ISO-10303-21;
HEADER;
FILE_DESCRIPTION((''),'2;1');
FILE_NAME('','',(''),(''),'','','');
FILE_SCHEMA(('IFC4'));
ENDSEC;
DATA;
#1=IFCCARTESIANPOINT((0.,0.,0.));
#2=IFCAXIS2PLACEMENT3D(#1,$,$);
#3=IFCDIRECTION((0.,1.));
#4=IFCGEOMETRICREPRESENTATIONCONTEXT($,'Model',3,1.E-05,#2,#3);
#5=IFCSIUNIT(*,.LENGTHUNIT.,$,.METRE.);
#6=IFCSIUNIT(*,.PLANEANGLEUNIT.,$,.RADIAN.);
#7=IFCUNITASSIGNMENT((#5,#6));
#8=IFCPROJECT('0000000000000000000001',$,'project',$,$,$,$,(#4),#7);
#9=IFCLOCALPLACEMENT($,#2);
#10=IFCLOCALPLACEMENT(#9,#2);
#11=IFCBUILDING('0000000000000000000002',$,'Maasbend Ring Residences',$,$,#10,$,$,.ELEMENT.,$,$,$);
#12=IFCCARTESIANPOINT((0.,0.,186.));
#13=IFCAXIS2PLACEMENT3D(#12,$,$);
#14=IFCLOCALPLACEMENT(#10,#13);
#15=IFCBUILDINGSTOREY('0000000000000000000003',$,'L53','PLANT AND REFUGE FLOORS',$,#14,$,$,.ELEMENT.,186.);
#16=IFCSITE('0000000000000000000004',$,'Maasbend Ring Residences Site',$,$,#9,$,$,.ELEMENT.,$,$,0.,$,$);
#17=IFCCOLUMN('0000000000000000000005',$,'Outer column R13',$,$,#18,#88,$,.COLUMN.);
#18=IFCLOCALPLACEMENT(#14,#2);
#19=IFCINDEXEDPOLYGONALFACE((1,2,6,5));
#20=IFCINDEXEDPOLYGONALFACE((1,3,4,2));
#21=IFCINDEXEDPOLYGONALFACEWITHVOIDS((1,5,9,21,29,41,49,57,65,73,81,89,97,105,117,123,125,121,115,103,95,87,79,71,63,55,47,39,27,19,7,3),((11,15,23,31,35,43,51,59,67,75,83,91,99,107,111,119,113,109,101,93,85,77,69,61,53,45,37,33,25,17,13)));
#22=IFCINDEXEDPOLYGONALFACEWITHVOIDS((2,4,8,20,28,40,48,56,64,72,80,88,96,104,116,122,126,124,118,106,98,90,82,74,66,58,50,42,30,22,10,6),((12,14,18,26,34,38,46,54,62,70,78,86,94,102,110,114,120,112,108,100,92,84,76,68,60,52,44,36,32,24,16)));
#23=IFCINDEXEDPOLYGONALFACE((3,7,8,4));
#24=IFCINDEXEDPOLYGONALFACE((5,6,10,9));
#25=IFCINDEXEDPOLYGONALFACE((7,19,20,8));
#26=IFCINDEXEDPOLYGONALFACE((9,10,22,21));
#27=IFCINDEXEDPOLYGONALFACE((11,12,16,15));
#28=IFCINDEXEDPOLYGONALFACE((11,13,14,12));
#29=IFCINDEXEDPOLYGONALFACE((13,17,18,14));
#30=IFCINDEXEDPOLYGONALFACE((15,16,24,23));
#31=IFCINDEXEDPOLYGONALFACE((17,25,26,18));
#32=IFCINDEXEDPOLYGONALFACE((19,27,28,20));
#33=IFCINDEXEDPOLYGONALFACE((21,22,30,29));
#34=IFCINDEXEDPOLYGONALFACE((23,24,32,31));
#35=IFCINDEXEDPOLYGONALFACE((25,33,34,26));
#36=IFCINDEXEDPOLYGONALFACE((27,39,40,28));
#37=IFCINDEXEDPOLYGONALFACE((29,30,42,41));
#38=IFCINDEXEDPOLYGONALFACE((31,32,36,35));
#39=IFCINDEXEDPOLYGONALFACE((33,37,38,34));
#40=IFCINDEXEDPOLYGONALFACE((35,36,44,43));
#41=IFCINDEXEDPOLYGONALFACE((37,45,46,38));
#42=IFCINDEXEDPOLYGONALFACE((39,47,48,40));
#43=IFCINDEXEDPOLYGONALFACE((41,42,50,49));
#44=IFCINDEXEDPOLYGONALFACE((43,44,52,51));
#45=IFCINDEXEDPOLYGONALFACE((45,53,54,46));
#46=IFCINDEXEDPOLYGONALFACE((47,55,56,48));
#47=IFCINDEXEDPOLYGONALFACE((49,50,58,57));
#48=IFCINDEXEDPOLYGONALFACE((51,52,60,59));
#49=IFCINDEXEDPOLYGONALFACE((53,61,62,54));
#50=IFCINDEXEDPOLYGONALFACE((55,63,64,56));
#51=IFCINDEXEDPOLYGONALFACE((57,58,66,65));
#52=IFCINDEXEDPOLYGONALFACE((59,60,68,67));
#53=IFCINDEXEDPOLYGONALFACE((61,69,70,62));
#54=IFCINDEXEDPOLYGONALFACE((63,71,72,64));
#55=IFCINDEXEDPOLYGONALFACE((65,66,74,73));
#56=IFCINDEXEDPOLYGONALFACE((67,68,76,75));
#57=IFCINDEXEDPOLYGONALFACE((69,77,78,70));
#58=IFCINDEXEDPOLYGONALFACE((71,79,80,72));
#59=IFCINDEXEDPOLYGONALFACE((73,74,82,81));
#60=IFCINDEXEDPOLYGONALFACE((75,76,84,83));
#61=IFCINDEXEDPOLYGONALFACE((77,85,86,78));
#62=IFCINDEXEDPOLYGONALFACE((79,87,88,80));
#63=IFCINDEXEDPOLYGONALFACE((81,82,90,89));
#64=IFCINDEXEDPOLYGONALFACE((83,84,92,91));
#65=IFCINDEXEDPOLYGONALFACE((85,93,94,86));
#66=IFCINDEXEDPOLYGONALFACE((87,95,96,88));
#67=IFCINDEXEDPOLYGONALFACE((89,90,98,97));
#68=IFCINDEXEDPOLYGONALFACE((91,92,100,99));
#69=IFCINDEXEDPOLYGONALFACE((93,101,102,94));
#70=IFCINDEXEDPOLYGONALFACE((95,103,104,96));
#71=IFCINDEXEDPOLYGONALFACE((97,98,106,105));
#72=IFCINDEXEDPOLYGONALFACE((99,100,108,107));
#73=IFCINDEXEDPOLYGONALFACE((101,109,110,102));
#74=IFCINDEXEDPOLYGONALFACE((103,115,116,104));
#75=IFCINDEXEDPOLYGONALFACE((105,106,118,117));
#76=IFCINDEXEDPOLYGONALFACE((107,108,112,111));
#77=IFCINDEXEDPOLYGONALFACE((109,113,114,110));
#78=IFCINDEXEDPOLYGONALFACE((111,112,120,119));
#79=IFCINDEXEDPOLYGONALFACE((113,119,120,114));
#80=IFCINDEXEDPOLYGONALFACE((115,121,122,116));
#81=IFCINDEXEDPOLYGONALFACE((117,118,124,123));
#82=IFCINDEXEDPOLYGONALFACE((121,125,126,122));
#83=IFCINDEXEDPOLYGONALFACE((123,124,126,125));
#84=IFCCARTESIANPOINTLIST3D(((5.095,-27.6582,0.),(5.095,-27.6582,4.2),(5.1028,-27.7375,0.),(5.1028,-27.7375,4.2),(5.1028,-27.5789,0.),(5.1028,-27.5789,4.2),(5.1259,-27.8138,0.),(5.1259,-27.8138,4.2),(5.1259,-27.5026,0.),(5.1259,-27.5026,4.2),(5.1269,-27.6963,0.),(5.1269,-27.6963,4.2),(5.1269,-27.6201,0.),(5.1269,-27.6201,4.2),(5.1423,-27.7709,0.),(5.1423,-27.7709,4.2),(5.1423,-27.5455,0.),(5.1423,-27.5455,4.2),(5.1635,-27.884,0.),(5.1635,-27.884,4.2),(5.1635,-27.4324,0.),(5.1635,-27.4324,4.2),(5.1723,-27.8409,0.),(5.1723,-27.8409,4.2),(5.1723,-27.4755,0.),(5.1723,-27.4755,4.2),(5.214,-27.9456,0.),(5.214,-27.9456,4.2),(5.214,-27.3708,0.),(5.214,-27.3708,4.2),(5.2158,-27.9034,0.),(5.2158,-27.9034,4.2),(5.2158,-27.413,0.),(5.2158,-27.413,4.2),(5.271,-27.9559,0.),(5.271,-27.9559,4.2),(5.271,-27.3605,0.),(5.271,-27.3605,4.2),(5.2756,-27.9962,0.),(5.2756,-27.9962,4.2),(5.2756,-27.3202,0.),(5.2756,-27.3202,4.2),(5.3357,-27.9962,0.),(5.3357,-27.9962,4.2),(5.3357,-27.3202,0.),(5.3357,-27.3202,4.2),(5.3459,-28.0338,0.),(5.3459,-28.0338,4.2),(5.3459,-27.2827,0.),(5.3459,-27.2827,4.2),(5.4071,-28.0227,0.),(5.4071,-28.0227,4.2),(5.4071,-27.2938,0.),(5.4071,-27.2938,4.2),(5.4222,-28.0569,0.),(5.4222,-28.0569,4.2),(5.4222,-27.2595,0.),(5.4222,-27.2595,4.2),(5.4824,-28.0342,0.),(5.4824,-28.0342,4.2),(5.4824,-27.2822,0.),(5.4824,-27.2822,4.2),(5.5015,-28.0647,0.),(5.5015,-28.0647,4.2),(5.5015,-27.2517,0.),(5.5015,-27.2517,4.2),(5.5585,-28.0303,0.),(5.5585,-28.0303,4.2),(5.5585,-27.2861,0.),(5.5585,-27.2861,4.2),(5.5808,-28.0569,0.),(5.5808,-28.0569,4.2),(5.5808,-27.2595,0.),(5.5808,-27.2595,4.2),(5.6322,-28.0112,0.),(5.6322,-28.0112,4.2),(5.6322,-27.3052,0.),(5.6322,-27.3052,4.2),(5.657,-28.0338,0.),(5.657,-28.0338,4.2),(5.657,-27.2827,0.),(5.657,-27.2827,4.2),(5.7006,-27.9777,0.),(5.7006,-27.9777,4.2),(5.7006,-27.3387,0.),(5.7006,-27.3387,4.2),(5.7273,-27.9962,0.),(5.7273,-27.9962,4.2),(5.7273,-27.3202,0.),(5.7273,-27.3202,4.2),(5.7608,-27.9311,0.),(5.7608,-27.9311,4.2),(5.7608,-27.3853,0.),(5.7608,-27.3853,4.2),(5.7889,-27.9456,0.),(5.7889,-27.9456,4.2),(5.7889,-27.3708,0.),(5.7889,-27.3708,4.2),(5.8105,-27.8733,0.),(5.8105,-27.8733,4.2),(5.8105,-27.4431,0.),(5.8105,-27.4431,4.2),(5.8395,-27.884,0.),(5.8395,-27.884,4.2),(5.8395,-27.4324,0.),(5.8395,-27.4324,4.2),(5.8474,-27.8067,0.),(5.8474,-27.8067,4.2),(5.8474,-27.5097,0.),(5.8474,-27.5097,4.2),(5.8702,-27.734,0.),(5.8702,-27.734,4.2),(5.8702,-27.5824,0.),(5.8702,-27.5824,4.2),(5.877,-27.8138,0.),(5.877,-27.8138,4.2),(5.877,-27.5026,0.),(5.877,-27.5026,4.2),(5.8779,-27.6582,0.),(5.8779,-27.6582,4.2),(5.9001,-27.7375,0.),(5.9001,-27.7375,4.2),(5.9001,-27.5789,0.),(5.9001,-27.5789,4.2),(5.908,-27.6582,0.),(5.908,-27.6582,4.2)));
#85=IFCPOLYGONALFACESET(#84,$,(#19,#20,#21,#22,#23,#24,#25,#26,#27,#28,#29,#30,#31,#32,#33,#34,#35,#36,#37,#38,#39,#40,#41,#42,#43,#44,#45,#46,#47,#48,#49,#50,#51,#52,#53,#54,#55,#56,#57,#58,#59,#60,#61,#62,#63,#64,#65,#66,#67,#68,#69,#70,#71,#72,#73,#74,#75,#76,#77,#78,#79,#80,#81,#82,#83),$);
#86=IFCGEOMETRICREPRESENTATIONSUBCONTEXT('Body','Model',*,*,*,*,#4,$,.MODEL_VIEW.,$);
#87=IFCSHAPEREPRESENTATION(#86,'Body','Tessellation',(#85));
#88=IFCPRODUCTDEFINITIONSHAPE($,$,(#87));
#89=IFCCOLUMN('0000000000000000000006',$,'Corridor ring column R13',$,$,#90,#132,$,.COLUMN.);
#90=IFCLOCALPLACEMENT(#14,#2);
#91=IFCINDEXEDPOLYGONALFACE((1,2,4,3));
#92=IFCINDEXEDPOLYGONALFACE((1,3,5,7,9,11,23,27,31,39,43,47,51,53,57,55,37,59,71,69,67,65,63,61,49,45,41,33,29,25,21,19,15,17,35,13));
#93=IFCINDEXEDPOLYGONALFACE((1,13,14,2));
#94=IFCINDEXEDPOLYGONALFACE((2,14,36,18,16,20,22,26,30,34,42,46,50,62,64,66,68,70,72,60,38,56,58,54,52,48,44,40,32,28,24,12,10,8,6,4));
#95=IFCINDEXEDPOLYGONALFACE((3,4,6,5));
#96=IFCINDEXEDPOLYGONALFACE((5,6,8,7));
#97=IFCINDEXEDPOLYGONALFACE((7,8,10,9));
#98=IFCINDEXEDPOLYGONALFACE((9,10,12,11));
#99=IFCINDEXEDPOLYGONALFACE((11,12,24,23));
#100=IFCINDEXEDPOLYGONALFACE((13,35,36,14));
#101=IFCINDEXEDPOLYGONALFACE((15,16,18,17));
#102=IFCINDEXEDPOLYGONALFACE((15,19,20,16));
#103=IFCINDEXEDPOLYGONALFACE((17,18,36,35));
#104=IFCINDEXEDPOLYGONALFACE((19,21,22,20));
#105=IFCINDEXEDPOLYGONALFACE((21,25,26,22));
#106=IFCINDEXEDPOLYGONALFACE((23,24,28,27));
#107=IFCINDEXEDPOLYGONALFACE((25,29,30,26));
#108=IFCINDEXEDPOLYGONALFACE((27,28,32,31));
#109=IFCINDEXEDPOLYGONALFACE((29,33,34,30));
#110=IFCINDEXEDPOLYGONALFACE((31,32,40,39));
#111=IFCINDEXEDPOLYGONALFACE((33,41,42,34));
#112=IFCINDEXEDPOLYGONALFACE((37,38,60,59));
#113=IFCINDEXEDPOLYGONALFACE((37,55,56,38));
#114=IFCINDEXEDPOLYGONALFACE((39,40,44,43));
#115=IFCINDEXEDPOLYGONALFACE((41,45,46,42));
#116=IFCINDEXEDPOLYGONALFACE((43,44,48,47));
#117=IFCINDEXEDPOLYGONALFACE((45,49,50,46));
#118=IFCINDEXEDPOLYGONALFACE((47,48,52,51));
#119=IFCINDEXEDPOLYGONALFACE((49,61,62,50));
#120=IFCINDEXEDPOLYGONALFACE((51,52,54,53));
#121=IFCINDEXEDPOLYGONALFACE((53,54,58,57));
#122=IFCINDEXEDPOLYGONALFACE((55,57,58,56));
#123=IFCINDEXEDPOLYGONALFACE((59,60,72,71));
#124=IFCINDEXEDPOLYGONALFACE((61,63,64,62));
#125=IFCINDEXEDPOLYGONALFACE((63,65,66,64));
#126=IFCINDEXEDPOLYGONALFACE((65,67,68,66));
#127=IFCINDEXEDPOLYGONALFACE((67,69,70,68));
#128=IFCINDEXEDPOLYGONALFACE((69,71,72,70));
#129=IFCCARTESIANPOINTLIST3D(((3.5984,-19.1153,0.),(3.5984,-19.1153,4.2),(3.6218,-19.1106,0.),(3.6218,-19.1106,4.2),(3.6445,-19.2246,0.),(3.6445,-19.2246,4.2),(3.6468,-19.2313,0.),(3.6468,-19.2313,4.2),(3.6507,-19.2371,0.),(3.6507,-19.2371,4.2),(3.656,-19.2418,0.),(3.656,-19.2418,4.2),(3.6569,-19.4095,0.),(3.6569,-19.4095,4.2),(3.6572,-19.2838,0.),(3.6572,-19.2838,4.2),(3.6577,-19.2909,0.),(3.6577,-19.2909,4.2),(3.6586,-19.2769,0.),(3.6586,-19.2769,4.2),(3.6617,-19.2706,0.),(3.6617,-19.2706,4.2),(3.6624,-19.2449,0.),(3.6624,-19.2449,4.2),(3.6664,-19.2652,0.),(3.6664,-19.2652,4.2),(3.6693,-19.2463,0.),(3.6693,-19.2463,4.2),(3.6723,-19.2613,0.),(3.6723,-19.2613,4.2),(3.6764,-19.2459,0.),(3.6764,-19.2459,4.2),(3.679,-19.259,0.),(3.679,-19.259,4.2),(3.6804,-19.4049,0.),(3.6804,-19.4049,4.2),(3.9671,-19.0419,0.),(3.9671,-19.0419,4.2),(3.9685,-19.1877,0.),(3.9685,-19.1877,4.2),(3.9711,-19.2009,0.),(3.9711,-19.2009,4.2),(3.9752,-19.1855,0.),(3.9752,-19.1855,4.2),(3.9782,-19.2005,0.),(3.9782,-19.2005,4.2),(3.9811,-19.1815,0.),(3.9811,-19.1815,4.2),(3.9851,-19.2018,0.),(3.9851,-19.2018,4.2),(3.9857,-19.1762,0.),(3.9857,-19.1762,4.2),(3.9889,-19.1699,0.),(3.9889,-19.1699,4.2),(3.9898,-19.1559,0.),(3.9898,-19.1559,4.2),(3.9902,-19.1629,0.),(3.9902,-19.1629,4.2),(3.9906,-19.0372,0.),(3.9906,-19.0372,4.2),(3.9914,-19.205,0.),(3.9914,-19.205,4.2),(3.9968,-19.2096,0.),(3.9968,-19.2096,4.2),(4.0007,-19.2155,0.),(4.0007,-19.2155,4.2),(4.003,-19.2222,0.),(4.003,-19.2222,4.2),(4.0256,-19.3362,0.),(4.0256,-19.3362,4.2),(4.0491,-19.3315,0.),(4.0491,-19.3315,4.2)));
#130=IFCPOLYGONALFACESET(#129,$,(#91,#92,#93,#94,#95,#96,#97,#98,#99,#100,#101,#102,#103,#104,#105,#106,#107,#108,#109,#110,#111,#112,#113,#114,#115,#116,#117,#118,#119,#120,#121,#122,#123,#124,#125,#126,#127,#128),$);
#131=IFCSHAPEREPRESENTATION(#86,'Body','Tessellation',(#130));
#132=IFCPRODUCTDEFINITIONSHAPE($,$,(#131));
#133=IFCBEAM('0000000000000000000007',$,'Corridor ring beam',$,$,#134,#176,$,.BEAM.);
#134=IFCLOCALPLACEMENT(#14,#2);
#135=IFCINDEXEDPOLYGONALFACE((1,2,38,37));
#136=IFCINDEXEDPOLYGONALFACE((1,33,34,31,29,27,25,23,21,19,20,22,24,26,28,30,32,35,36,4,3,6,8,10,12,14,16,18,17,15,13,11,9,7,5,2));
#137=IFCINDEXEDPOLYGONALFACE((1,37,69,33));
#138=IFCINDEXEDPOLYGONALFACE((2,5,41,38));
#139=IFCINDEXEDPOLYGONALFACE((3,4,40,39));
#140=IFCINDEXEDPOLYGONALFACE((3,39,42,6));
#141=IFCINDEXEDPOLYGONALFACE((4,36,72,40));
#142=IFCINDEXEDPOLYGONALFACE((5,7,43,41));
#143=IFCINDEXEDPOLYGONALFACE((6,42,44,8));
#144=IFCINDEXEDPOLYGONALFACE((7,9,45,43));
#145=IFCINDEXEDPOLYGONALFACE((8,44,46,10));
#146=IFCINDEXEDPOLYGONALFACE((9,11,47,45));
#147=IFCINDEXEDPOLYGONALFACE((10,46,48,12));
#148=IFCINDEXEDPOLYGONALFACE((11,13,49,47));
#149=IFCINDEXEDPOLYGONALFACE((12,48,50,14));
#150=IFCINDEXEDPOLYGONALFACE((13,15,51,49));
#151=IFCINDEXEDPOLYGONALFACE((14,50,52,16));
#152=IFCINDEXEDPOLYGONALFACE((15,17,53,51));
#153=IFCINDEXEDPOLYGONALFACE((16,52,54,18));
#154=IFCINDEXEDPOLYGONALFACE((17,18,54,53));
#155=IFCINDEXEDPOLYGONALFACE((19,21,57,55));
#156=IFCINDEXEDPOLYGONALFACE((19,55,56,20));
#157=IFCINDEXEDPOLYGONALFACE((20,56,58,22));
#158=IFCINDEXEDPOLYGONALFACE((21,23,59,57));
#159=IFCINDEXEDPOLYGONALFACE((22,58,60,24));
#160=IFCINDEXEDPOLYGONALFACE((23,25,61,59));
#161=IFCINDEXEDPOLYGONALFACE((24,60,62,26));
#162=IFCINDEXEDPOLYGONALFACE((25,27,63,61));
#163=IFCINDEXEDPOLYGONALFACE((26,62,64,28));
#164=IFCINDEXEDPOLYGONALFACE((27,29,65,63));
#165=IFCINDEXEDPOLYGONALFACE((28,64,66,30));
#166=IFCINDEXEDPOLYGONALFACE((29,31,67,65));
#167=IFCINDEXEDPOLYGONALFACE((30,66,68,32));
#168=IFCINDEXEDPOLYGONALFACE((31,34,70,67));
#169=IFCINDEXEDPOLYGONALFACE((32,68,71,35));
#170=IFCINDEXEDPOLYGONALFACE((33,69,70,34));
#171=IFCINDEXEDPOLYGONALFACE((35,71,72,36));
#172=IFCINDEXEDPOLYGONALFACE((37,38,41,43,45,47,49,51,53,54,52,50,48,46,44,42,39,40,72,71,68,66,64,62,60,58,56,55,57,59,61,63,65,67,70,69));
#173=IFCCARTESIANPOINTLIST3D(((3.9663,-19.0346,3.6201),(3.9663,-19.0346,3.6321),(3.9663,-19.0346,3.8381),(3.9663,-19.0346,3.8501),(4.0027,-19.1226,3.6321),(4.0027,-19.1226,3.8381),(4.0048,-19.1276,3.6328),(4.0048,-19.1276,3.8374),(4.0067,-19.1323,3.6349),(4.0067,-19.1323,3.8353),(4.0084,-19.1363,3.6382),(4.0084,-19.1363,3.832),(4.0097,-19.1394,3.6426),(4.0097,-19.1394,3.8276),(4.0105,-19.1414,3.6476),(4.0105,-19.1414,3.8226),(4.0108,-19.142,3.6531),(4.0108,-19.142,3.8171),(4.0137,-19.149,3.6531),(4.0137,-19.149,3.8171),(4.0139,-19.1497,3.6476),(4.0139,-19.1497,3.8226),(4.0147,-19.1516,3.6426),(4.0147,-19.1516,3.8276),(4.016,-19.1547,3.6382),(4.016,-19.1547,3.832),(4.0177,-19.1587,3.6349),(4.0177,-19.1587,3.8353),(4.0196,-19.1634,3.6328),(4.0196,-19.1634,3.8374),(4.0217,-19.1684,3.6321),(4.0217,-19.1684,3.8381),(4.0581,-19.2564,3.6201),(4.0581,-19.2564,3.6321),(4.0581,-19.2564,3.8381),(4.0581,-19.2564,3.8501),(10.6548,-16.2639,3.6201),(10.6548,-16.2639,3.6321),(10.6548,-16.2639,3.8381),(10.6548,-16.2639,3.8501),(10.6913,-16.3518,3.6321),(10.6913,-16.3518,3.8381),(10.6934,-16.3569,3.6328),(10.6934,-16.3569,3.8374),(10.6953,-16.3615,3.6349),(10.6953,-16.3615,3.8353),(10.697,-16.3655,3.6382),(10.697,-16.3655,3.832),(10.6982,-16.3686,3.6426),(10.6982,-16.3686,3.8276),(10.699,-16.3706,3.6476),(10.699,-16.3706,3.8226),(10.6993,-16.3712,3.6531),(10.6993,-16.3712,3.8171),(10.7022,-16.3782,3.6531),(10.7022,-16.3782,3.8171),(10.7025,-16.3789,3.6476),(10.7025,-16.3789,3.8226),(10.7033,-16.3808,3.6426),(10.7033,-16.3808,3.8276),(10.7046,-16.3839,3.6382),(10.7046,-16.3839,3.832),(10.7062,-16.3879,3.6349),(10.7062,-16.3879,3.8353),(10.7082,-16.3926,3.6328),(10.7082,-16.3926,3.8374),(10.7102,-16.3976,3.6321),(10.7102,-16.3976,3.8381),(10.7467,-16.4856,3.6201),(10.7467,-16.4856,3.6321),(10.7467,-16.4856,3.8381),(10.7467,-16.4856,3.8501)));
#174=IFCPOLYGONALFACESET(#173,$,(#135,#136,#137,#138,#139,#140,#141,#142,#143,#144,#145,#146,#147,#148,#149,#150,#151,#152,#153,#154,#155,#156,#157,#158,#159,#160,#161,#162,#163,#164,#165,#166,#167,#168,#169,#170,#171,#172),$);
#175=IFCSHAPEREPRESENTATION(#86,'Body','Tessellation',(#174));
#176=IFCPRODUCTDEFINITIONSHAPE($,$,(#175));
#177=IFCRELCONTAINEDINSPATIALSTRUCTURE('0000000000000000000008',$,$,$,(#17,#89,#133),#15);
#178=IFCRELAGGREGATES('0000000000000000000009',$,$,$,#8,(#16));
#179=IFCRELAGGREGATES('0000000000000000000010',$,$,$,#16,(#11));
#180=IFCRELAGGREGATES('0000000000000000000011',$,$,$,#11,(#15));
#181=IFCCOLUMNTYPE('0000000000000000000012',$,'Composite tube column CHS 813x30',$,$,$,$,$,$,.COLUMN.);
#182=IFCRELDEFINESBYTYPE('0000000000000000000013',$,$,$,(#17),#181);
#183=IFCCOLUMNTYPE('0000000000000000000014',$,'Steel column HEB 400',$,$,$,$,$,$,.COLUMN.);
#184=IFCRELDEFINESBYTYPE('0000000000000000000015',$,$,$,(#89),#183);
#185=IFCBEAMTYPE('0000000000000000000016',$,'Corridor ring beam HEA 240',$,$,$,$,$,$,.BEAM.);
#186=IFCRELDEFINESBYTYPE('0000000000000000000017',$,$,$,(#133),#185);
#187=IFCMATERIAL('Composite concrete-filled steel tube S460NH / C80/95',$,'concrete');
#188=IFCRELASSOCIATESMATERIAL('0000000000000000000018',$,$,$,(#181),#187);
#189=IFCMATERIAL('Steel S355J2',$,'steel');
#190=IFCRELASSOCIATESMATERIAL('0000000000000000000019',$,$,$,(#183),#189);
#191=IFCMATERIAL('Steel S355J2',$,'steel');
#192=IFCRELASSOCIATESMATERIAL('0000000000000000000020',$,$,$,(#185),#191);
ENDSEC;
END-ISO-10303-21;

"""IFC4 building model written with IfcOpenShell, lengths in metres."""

from ifc_helpers import new_model, si_unit, direction, frame, origin, origin_2d, place, context, subcontext, project, spatial, hollow_circle, i_section, extrude, material, material_profile, profile_set, type_object, element, save


model = new_model("IFC4")

# Units and contexts
model_context = context("Model", 3, precision=1e-05, world=origin(), true_north=direction((0.0, 1.0)))
body_context = subcontext(model_context, "Body", "Model", "MODEL_VIEW")
ifc_project = project(units=[si_unit("LENGTHUNIT", "METRE"), si_unit("PLANEANGLEUNIT", "RADIAN")], contexts=[model_context])

# Site, building, storey
site_placement = place(None, origin())
site = spatial("IfcSite", under=ifc_project, at=site_placement, Name="Maasbend Ring Residences Site", CompositionType="ELEMENT", RefElevation=0.0)
building_placement = place(site_placement, origin())
building = spatial("IfcBuilding", under=site, at=building_placement, Name="Maasbend Ring Residences", CompositionType="ELEMENT")
storey_placement = place(building_placement, frame((0.0, 0.0, 186.0)))
storey = spatial("IfcBuildingStorey", under=building, at=storey_placement, Name="L53", Description="PLANT AND REFUGE FLOORS", CompositionType="ELEMENT", Elevation=186.0)

# Columns
ifc_material_1 = material(Name="Composite concrete-filled steel tube S460NH / C80/95", Category="concrete")
ifc_material_profile_1 = material_profile(ifc_material_1, hollow_circle(Radius=0.4065, WallThickness=0.03, at=origin_2d()), Name="Composite tube column CHS 813x30")
ifc_profile_set_1 = profile_set([ifc_material_profile_1], Name="Composite concrete-filled steel tube S460NH / C80/95")
column_type_1 = type_object("IfcColumnType", Name="Composite tube column CHS 813x30", PredefinedType="COLUMN", material=ifc_profile_set_1)
column_1_placement = place(storey_placement, frame((5.5015, -27.6582, 0.0), z_axis=(0.0, 0.0, 1.0), x_axis=(1.0, 0.0, 0.0)))
element("IfcColumn", 1, at=column_1_placement, inside=storey, type_object=column_type_1, Name="Outer column R13", PredefinedType="COLUMN", context=body_context, shape_type="SweptSolid", body=[
    extrude(hollow_circle(Radius=0.4065, WallThickness=0.03, at=origin_2d()), origin(), (0.0, 0.0, 1.0), 4.2),
])
ifc_material_2 = material(Name="Steel S355J2", Category="steel")
ifc_material_profile_2 = material_profile(ifc_material_2, i_section(OverallWidth=0.3, OverallDepth=0.3999, WebThickness=0.0134, FlangeThickness=0.0239, FilletRadius=0.0271, at=origin_2d()), Name="HEB 400")
ifc_profile_set_2 = profile_set([ifc_material_profile_2], Name="Steel S355J2")
column_type_2 = type_object("IfcColumnType", Name="Steel column HEB 400", PredefinedType="COLUMN", material=ifc_profile_set_2)
column_2_placement = place(storey_placement, frame((3.8237, -19.2234, 0.0), z_axis=(0.0, 0.0, 1.0), x_axis=(0.19509, -0.980785, 0.0)))
element("IfcColumn", 2, at=column_2_placement, inside=storey, type_object=column_type_2, Name="Corridor ring column R13", PredefinedType="COLUMN", context=body_context, shape_type="SweptSolid", body=[
    extrude(i_section(OverallWidth=0.3, OverallDepth=0.3999, WebThickness=0.0134, FlangeThickness=0.0239, FilletRadius=0.0271, at=origin_2d()), origin(), (0.0, 0.0, 1.0), 4.2),
])

# Beam
ifc_material_3 = material(Name="Steel S355J2", Category="steel")
ifc_material_profile_3 = material_profile(ifc_material_3, i_section(OverallWidth=0.24, OverallDepth=0.23, WebThickness=0.0076, FlangeThickness=0.012, FilletRadius=0.021, at=origin_2d()), Name="HEA 240")
ifc_profile_set_3 = profile_set([ifc_material_profile_3], Name="Steel S355J2")
beam_type_1 = type_object("IfcBeamType", Name="Corridor ring beam HEA 240", PredefinedType="BEAM", material=ifc_profile_set_3)
beam_1_placement = place(storey_placement, frame((4.0122, -19.1455, 3.7351), z_axis=(0.923865, 0.382718, 0.0), x_axis=(-0.382718, 0.923865, 0.0)))
element("IfcBeam", 3, at=beam_1_placement, inside=storey, type_object=beam_type_1, Name="Corridor ring beam", PredefinedType="BEAM", context=body_context, shape_type="SweptSolid", body=[
    extrude(i_section(OverallWidth=0.24, OverallDepth=0.23, WebThickness=0.0076, FlangeThickness=0.012, FilletRadius=0.021, at=origin_2d()), origin(), (0.0, 0.0, 1.0), 7.2397),
])

save(model, "model.ifc")
